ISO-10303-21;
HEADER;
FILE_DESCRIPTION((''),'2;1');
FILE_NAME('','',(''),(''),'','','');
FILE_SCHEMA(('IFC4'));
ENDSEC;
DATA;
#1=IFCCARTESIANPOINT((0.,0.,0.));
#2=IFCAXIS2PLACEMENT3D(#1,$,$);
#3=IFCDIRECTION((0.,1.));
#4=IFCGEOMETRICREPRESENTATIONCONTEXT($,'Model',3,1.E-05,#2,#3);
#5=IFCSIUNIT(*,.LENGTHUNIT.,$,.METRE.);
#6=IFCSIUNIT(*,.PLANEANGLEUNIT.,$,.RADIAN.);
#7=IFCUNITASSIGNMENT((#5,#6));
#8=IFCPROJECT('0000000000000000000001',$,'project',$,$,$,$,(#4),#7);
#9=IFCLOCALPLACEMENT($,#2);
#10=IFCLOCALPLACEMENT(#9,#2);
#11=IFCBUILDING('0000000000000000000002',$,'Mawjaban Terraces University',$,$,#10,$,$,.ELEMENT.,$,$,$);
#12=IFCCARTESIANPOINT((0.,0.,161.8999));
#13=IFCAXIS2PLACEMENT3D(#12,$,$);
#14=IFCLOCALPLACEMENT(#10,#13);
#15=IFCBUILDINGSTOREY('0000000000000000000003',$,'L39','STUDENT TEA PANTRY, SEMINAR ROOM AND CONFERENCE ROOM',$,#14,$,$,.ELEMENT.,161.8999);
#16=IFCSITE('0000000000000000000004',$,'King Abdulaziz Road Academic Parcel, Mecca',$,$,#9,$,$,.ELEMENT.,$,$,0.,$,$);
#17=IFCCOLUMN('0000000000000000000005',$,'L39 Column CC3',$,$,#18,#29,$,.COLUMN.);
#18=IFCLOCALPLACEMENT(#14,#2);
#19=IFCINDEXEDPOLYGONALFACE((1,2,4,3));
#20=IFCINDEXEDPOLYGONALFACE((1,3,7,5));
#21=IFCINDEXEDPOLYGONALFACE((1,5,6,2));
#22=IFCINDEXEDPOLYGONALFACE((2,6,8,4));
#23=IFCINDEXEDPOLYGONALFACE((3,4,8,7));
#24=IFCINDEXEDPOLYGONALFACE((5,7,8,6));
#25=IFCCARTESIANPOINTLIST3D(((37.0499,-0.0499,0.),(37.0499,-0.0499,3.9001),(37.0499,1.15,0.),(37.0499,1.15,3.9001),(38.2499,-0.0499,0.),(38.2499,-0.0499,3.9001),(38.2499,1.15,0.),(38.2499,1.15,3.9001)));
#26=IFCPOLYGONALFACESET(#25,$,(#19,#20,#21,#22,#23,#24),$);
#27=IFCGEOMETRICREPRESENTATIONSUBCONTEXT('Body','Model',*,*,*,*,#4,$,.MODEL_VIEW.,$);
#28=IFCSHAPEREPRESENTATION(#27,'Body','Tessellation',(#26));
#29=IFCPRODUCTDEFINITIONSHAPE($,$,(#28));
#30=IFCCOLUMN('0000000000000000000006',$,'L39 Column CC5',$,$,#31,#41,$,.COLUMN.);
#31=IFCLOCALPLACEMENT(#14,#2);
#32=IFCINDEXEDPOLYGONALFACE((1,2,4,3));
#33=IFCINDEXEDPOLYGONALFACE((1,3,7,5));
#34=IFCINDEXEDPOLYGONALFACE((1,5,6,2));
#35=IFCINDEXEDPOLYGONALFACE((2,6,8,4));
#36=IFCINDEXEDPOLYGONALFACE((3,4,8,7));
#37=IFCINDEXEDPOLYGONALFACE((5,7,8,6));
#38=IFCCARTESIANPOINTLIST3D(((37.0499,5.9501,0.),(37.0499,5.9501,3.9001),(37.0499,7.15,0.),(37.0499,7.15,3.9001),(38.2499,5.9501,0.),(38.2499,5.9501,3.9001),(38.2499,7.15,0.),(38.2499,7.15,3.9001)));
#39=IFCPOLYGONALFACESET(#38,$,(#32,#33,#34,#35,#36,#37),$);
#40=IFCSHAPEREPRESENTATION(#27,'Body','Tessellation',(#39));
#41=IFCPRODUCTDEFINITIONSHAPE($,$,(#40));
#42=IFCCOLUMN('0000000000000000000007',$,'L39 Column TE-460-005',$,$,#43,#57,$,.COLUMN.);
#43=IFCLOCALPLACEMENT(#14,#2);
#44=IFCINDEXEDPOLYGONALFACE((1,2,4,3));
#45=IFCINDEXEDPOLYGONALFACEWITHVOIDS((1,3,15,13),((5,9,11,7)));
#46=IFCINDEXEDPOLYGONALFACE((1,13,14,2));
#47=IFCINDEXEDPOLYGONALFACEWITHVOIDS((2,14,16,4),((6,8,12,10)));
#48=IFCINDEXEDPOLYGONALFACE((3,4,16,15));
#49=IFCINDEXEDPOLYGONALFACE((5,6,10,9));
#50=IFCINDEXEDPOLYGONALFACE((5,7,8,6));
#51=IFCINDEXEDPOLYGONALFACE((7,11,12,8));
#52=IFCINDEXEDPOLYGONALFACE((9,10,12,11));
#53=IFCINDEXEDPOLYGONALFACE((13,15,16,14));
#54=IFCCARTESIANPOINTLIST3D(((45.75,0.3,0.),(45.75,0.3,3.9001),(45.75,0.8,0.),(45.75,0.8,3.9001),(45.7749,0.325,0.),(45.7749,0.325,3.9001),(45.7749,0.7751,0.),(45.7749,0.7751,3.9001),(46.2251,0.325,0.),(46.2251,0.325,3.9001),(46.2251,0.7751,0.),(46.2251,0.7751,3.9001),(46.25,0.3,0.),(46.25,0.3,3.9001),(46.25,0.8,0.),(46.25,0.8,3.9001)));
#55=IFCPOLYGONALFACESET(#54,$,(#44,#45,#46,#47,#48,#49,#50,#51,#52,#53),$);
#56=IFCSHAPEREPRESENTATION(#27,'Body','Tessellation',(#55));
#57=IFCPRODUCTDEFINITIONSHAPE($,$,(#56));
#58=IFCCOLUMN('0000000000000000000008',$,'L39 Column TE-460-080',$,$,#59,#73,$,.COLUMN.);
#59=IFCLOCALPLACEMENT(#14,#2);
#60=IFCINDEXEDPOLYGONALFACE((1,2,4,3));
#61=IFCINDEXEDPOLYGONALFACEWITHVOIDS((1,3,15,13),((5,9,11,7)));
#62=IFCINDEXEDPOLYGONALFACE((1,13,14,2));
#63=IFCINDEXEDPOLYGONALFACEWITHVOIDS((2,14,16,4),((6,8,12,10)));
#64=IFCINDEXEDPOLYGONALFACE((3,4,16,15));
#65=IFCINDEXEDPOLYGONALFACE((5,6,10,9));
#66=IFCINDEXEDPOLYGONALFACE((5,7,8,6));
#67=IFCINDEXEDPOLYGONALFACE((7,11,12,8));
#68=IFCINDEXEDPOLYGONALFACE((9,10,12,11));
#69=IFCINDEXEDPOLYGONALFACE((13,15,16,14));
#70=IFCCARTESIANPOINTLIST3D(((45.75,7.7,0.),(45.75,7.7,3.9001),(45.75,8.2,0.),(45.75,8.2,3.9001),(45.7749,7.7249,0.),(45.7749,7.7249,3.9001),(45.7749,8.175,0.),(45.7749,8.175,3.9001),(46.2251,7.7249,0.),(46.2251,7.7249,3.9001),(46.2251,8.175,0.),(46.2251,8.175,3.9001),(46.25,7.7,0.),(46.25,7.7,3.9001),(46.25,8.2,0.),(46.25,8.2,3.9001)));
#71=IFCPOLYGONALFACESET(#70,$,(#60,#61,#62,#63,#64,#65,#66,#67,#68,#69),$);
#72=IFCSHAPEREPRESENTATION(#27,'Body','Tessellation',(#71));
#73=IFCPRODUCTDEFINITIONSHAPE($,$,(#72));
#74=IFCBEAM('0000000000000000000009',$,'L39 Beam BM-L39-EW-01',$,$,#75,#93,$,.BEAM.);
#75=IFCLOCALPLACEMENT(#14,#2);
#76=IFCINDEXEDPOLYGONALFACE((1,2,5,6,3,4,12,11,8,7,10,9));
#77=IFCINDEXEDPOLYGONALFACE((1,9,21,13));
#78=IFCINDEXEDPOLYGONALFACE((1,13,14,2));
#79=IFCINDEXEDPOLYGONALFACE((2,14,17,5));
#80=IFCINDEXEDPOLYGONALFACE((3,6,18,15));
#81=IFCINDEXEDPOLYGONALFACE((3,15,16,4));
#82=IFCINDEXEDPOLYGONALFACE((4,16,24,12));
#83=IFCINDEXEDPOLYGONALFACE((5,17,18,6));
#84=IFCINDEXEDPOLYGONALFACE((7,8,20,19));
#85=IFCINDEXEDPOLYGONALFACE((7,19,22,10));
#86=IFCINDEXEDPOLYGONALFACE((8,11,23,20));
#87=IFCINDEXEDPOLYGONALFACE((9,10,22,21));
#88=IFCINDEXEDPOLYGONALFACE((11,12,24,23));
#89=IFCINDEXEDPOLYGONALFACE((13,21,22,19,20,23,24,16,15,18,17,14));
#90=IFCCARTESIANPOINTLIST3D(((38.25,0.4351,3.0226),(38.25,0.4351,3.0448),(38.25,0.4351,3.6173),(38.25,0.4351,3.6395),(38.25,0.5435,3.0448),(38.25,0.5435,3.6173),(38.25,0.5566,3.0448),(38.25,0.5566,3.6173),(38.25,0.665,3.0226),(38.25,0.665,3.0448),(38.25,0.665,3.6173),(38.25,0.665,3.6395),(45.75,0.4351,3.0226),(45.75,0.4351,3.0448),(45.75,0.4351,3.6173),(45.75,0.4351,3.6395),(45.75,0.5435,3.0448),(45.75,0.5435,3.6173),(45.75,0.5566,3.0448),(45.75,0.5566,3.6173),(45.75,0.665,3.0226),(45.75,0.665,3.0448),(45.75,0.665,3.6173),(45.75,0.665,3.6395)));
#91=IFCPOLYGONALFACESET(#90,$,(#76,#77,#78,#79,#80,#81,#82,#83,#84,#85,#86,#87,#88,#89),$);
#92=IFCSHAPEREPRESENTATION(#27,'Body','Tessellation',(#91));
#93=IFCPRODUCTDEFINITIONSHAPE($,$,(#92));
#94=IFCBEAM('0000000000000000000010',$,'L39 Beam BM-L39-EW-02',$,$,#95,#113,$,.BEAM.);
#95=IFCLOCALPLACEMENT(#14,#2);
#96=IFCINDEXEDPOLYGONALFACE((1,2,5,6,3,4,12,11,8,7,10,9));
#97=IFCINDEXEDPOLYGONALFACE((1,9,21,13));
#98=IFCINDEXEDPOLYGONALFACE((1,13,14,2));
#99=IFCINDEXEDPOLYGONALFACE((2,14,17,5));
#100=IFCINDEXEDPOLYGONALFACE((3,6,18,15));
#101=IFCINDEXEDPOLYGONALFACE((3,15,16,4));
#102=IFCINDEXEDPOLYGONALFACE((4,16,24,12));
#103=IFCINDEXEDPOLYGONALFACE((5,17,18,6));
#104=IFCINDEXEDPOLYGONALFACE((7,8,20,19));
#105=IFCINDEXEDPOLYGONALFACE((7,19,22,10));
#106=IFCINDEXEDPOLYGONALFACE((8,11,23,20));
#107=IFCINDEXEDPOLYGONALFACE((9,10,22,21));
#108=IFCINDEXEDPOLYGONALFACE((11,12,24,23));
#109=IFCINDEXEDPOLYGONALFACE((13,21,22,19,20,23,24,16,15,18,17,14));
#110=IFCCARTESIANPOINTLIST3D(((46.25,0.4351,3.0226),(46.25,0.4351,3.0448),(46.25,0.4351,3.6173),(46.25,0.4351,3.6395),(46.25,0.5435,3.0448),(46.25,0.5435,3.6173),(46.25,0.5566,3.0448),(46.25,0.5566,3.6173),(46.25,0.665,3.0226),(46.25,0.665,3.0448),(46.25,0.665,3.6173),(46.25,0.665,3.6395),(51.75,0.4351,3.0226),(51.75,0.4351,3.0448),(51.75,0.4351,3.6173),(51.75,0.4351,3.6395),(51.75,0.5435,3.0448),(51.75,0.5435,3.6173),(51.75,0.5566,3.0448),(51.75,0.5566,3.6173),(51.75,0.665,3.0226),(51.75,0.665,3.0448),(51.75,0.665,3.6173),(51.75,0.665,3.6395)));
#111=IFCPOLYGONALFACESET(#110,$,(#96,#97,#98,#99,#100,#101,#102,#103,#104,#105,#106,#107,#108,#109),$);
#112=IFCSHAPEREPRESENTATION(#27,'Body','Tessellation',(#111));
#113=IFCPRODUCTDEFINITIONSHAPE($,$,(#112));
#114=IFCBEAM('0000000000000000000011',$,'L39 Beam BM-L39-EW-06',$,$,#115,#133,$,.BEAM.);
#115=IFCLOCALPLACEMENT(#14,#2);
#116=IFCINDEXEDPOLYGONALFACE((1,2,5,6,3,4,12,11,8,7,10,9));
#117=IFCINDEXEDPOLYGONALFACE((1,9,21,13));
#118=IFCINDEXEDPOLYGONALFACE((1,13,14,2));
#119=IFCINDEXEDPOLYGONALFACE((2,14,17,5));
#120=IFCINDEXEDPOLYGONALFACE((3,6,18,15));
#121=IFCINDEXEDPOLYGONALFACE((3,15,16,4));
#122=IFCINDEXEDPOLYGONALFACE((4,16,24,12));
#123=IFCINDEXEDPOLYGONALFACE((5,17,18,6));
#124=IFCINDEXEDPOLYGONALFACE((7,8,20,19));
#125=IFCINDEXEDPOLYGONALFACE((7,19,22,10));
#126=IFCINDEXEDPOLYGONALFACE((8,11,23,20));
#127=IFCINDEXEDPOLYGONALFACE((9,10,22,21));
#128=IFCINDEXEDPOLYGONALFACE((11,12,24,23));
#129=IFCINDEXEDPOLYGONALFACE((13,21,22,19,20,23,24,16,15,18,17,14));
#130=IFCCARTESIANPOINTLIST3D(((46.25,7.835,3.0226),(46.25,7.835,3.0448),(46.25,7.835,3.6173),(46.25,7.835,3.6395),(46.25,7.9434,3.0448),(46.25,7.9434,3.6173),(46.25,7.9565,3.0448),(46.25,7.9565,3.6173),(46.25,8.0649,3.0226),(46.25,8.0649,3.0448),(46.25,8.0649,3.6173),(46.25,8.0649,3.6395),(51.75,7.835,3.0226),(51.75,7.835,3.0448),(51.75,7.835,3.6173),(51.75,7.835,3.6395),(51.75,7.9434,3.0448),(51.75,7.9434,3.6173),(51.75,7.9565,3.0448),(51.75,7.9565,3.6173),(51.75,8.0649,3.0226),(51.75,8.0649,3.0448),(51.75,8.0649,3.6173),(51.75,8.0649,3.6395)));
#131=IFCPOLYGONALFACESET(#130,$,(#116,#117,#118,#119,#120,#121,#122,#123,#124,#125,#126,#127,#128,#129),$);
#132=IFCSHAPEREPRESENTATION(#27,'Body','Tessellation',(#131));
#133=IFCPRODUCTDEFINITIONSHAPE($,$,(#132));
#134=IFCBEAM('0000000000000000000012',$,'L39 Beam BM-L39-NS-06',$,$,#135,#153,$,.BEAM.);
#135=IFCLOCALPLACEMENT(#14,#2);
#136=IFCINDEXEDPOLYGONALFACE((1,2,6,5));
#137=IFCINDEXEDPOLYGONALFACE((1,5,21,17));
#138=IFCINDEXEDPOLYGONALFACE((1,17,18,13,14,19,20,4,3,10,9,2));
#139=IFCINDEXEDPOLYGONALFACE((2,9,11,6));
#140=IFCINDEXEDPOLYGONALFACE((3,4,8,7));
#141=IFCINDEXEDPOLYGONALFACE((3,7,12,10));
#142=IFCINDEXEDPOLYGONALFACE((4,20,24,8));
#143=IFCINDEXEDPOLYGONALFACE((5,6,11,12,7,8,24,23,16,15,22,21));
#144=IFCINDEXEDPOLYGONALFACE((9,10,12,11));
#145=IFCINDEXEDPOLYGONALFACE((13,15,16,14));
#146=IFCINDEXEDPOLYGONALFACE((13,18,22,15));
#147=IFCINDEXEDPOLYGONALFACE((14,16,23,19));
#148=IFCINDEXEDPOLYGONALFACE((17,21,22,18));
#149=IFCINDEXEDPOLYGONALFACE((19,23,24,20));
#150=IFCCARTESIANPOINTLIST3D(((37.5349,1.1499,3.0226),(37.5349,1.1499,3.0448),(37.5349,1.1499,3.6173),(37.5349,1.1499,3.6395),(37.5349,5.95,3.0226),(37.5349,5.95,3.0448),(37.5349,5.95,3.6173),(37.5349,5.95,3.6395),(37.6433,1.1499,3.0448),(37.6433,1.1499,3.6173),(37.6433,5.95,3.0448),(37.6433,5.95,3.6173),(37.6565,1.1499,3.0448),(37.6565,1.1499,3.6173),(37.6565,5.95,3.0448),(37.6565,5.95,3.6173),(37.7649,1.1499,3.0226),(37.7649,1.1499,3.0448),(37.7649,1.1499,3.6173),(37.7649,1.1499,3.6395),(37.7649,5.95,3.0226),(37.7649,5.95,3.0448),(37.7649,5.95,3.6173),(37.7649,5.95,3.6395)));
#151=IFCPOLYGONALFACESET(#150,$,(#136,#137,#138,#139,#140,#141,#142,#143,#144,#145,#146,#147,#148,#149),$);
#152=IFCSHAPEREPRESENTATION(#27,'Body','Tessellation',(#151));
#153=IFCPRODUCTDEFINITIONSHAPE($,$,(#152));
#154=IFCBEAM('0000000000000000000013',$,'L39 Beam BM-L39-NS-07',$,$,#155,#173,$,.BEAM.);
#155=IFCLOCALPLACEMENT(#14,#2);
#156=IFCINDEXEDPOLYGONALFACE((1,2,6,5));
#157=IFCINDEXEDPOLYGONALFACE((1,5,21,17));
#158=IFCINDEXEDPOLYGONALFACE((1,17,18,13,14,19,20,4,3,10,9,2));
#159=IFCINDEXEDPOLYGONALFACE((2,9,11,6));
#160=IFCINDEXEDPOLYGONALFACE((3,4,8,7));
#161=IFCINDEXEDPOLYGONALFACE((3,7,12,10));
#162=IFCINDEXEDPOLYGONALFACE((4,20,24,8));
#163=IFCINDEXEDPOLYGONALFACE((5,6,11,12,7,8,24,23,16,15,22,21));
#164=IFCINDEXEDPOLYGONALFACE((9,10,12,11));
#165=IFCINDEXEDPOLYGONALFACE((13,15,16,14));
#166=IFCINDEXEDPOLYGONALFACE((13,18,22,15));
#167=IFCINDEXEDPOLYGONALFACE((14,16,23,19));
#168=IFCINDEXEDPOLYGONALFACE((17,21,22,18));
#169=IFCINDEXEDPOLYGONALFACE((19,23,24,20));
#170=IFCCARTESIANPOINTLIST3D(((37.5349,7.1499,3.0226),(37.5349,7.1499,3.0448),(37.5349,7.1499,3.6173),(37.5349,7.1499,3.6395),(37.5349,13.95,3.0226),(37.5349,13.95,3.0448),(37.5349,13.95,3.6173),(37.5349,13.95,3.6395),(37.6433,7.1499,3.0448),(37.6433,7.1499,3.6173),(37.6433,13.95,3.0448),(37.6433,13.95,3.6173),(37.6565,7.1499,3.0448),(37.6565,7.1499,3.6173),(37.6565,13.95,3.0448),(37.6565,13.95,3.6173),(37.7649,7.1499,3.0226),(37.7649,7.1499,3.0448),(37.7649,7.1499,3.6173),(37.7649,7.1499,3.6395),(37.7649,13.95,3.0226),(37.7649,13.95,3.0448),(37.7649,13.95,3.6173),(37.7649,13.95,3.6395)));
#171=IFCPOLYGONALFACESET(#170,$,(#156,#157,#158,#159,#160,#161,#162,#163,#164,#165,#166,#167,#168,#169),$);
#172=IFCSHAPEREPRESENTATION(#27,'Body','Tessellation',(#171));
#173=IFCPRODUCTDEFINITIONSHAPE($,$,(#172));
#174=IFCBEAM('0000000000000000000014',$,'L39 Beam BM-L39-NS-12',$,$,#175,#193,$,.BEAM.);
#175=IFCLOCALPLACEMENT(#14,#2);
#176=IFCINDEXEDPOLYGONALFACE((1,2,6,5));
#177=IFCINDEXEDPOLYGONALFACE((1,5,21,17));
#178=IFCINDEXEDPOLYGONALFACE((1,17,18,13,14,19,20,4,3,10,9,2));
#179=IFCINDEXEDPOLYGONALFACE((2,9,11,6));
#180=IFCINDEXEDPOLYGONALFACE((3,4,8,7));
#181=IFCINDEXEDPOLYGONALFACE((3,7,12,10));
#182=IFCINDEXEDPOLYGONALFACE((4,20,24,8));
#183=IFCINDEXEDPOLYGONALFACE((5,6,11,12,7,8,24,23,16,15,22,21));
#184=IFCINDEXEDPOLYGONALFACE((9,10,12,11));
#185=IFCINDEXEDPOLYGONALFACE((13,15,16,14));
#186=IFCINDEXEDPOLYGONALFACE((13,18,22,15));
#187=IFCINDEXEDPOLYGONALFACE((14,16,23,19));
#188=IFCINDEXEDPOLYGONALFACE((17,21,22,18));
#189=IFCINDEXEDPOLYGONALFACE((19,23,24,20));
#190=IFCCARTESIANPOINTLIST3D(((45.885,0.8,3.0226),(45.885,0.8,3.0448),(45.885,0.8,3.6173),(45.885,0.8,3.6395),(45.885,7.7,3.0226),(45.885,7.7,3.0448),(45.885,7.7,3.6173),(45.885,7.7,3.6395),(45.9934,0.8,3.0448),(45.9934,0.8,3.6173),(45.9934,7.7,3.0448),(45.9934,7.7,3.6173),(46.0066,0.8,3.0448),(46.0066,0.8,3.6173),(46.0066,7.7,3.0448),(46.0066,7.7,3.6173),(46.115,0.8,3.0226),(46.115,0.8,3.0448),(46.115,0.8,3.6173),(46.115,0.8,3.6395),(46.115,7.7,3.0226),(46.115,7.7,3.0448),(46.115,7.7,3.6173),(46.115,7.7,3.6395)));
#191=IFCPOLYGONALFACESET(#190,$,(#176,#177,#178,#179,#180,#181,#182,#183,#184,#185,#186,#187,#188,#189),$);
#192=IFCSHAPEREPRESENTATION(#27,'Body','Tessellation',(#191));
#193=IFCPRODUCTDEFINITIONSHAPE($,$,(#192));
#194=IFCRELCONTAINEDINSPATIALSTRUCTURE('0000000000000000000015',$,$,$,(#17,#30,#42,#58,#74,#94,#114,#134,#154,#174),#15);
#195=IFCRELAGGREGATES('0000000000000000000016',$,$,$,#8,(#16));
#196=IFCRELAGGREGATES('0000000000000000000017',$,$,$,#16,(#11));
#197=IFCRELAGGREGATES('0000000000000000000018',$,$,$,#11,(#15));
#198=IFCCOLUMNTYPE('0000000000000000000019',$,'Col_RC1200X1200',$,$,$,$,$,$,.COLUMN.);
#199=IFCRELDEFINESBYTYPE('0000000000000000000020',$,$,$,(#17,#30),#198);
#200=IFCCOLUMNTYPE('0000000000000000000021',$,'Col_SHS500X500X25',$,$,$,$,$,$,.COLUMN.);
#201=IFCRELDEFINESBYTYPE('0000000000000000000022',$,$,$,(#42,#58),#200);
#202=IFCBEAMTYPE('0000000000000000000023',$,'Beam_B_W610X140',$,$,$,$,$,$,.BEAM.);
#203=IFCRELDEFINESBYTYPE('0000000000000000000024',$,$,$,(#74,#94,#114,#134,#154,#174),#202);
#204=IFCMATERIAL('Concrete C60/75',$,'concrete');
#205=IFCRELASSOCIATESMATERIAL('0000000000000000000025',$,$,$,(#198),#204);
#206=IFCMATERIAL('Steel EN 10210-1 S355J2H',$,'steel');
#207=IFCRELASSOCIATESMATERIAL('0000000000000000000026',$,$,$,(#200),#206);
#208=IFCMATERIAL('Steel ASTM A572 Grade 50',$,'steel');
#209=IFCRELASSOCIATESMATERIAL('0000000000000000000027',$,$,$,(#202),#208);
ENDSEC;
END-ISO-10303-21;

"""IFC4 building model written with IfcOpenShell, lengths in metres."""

from ifc_helpers import new_model, si_unit, direction, frame, origin, origin_2d, place, context, subcontext, project, spatial, rectangle, hollow_rectangle, i_section, extrude, material, material_profile, profile_set, type_object, element, save


model = new_model("IFC4")

# Units and contexts
model_context = context("Model", 3, precision=1e-05, world=origin(), true_north=direction((0.0, 1.0)))
body_context = subcontext(model_context, "Body", "Model", "MODEL_VIEW")
ifc_project = project(units=[si_unit("LENGTHUNIT", "METRE"), si_unit("PLANEANGLEUNIT", "RADIAN")], contexts=[model_context])

# Site, building, storey
site_placement = place(None, origin())
site = spatial("IfcSite", under=ifc_project, at=site_placement, Name="King Abdulaziz Road Academic Parcel, Mecca", CompositionType="ELEMENT", RefElevation=0.0)
building_placement = place(site_placement, origin())
building = spatial("IfcBuilding", under=site, at=building_placement, Name="Mawjaban Terraces University", CompositionType="ELEMENT")
storey_placement = place(building_placement, frame((0.0, 0.0, 161.8999)))
storey = spatial("IfcBuildingStorey", under=building, at=storey_placement, Name="L39", Description="STUDENT TEA PANTRY, SEMINAR ROOM AND CONFERENCE ROOM", CompositionType="ELEMENT", Elevation=161.8999)

# Columns
ifc_material_1 = material(Name="Concrete C60/75", Category="concrete")
ifc_material_profile_1 = material_profile(ifc_material_1, rectangle(XDim=1.2, YDim=1.2, at=origin_2d()), Name="RC1200X1200")
ifc_profile_set_1 = profile_set([ifc_material_profile_1], Name="Concrete C60/75")
column_type_1 = type_object("IfcColumnType", Name="Col_RC1200X1200", PredefinedType="COLUMN", material=ifc_profile_set_1)
for number, where, z_axis, x_axis, name in (
    (1, (37.6499, 0.55, 0.0), (0.0, 0.0, 1.0), (1.0, 0.0, 0.0), "L39 Column CC3"),
    (2, (37.6499, 6.55, 0.0), (0.0, 0.0, 1.0), (1.0, 0.0, 0.0), "L39 Column CC5"),
):
    element("IfcColumn", number, at=place(storey_placement, frame(where, z_axis=z_axis, x_axis=x_axis)), inside=storey, type_object=column_type_1, Name=name, PredefinedType="COLUMN", context=body_context, shape_type="SweptSolid", body=[
        extrude(rectangle(XDim=1.2, YDim=1.2, at=origin_2d()), origin(), (0.0, 0.0, 1.0), 3.9001),
    ])
ifc_material_2 = material(Name="Steel EN 10210-1 S355J2H", Category="steel")
ifc_material_profile_2 = material_profile(ifc_material_2, hollow_rectangle(XDim=0.5, YDim=0.5, WallThickness=0.0249, at=origin_2d()), Name="SHS500X500X25")
ifc_profile_set_2 = profile_set([ifc_material_profile_2], Name="Steel EN 10210-1 S355J2H")
column_type_2 = type_object("IfcColumnType", Name="Col_SHS500X500X25", PredefinedType="COLUMN", material=ifc_profile_set_2)
for number, where, z_axis, x_axis, name in (
    (3, (46.0, 0.55, 0.0), (0.0, 0.0, 1.0), (1.0, 0.0, 0.0), "L39 Column TE-460-005"),
    (4, (46.0, 7.95, 0.0), (0.0, 0.0, 1.0), (1.0, 0.0, 0.0), "L39 Column TE-460-080"),
):
    element("IfcColumn", number, at=place(storey_placement, frame(where, z_axis=z_axis, x_axis=x_axis)), inside=storey, type_object=column_type_2, Name=name, PredefinedType="COLUMN", context=body_context, shape_type="SweptSolid", body=[
        extrude(hollow_rectangle(XDim=0.5, YDim=0.5, WallThickness=0.0249, at=origin_2d()), origin(), (0.0, 0.0, 1.0), 3.9001),
    ])

# Beams
ifc_material_3 = material(Name="Steel ASTM A572 Grade 50", Category="steel")
ifc_material_profile_3 = material_profile(ifc_material_3, i_section(OverallWidth=0.23, OverallDepth=0.6169, WebThickness=0.0132, FlangeThickness=0.0222, at=origin_2d()), Name="W610X140")
ifc_profile_set_3 = profile_set([ifc_material_profile_3], Name="Steel ASTM A572 Grade 50")
beam_type_1 = type_object("IfcBeamType", Name="Beam_B_W610X140", PredefinedType="BEAM", material=ifc_profile_set_3)
beam_1_placement = place(storey_placement, frame((38.25, 0.55, 3.3311), z_axis=(1.0, 0.0, 0.0), x_axis=(0.0, 1.0, 0.0)))
element("IfcBeam", 5, at=beam_1_placement, inside=storey, type_object=beam_type_1, Name="L39 Beam BM-L39-EW-01", PredefinedType="BEAM", context=body_context, shape_type="SweptSolid", body=[
    extrude(i_section(OverallWidth=0.23, OverallDepth=0.6169, WebThickness=0.0132, FlangeThickness=0.0222, at=origin_2d()), origin(), (0.0, 0.0, 1.0), 7.5),
])
for number, where, z_axis, x_axis, name in (
    (6, (46.25, 0.55, 3.3311), (1.0, 0.0, 0.0), (0.0, 1.0, 0.0), "L39 Beam BM-L39-EW-02"),
    (7, (46.25, 7.95, 3.3311), (1.0, 0.0, 0.0), (0.0, 1.0, 0.0), "L39 Beam BM-L39-EW-06"),
):
    element("IfcBeam", number, at=place(storey_placement, frame(where, z_axis=z_axis, x_axis=x_axis)), inside=storey, type_object=beam_type_1, Name=name, PredefinedType="BEAM", context=body_context, shape_type="SweptSolid", body=[
        extrude(i_section(OverallWidth=0.23, OverallDepth=0.6169, WebThickness=0.0132, FlangeThickness=0.0222, at=origin_2d()), origin(), (0.0, 0.0, 1.0), 5.5),
    ])
beam_2_placement = place(storey_placement, frame((37.6499, 1.1499, 3.3311), z_axis=(0.0, 1.0, 0.0), x_axis=(-1.0, 0.0, 0.0)))
element("IfcBeam", 8, at=beam_2_placement, inside=storey, type_object=beam_type_1, Name="L39 Beam BM-L39-NS-06", PredefinedType="BEAM", context=body_context, shape_type="SweptSolid", body=[
    extrude(i_section(OverallWidth=0.23, OverallDepth=0.6169, WebThickness=0.0132, FlangeThickness=0.0222, at=origin_2d()), origin(), (0.0, 0.0, 1.0), 4.8),
])
beam_3_placement = place(storey_placement, frame((37.6499, 7.1499, 3.3311), z_axis=(0.0, 1.0, 0.0), x_axis=(-1.0, 0.0, 0.0)))
element("IfcBeam", 9, at=beam_3_placement, inside=storey, type_object=beam_type_1, Name="L39 Beam BM-L39-NS-07", PredefinedType="BEAM", context=body_context, shape_type="SweptSolid", body=[
    extrude(i_section(OverallWidth=0.23, OverallDepth=0.6169, WebThickness=0.0132, FlangeThickness=0.0222, at=origin_2d()), origin(), (0.0, 0.0, 1.0), 6.8),
])
beam_4_placement = place(storey_placement, frame((46.0, 0.8, 3.3311), z_axis=(0.0, 1.0, 0.0), x_axis=(-1.0, 0.0, 0.0)))
element("IfcBeam", 10, at=beam_4_placement, inside=storey, type_object=beam_type_1, Name="L39 Beam BM-L39-NS-12", PredefinedType="BEAM", context=body_context, shape_type="SweptSolid", body=[
    extrude(i_section(OverallWidth=0.23, OverallDepth=0.6169, WebThickness=0.0132, FlangeThickness=0.0222, at=origin_2d()), origin(), (0.0, 0.0, 1.0), 6.8999),
])

save(model, "model.ifc")
